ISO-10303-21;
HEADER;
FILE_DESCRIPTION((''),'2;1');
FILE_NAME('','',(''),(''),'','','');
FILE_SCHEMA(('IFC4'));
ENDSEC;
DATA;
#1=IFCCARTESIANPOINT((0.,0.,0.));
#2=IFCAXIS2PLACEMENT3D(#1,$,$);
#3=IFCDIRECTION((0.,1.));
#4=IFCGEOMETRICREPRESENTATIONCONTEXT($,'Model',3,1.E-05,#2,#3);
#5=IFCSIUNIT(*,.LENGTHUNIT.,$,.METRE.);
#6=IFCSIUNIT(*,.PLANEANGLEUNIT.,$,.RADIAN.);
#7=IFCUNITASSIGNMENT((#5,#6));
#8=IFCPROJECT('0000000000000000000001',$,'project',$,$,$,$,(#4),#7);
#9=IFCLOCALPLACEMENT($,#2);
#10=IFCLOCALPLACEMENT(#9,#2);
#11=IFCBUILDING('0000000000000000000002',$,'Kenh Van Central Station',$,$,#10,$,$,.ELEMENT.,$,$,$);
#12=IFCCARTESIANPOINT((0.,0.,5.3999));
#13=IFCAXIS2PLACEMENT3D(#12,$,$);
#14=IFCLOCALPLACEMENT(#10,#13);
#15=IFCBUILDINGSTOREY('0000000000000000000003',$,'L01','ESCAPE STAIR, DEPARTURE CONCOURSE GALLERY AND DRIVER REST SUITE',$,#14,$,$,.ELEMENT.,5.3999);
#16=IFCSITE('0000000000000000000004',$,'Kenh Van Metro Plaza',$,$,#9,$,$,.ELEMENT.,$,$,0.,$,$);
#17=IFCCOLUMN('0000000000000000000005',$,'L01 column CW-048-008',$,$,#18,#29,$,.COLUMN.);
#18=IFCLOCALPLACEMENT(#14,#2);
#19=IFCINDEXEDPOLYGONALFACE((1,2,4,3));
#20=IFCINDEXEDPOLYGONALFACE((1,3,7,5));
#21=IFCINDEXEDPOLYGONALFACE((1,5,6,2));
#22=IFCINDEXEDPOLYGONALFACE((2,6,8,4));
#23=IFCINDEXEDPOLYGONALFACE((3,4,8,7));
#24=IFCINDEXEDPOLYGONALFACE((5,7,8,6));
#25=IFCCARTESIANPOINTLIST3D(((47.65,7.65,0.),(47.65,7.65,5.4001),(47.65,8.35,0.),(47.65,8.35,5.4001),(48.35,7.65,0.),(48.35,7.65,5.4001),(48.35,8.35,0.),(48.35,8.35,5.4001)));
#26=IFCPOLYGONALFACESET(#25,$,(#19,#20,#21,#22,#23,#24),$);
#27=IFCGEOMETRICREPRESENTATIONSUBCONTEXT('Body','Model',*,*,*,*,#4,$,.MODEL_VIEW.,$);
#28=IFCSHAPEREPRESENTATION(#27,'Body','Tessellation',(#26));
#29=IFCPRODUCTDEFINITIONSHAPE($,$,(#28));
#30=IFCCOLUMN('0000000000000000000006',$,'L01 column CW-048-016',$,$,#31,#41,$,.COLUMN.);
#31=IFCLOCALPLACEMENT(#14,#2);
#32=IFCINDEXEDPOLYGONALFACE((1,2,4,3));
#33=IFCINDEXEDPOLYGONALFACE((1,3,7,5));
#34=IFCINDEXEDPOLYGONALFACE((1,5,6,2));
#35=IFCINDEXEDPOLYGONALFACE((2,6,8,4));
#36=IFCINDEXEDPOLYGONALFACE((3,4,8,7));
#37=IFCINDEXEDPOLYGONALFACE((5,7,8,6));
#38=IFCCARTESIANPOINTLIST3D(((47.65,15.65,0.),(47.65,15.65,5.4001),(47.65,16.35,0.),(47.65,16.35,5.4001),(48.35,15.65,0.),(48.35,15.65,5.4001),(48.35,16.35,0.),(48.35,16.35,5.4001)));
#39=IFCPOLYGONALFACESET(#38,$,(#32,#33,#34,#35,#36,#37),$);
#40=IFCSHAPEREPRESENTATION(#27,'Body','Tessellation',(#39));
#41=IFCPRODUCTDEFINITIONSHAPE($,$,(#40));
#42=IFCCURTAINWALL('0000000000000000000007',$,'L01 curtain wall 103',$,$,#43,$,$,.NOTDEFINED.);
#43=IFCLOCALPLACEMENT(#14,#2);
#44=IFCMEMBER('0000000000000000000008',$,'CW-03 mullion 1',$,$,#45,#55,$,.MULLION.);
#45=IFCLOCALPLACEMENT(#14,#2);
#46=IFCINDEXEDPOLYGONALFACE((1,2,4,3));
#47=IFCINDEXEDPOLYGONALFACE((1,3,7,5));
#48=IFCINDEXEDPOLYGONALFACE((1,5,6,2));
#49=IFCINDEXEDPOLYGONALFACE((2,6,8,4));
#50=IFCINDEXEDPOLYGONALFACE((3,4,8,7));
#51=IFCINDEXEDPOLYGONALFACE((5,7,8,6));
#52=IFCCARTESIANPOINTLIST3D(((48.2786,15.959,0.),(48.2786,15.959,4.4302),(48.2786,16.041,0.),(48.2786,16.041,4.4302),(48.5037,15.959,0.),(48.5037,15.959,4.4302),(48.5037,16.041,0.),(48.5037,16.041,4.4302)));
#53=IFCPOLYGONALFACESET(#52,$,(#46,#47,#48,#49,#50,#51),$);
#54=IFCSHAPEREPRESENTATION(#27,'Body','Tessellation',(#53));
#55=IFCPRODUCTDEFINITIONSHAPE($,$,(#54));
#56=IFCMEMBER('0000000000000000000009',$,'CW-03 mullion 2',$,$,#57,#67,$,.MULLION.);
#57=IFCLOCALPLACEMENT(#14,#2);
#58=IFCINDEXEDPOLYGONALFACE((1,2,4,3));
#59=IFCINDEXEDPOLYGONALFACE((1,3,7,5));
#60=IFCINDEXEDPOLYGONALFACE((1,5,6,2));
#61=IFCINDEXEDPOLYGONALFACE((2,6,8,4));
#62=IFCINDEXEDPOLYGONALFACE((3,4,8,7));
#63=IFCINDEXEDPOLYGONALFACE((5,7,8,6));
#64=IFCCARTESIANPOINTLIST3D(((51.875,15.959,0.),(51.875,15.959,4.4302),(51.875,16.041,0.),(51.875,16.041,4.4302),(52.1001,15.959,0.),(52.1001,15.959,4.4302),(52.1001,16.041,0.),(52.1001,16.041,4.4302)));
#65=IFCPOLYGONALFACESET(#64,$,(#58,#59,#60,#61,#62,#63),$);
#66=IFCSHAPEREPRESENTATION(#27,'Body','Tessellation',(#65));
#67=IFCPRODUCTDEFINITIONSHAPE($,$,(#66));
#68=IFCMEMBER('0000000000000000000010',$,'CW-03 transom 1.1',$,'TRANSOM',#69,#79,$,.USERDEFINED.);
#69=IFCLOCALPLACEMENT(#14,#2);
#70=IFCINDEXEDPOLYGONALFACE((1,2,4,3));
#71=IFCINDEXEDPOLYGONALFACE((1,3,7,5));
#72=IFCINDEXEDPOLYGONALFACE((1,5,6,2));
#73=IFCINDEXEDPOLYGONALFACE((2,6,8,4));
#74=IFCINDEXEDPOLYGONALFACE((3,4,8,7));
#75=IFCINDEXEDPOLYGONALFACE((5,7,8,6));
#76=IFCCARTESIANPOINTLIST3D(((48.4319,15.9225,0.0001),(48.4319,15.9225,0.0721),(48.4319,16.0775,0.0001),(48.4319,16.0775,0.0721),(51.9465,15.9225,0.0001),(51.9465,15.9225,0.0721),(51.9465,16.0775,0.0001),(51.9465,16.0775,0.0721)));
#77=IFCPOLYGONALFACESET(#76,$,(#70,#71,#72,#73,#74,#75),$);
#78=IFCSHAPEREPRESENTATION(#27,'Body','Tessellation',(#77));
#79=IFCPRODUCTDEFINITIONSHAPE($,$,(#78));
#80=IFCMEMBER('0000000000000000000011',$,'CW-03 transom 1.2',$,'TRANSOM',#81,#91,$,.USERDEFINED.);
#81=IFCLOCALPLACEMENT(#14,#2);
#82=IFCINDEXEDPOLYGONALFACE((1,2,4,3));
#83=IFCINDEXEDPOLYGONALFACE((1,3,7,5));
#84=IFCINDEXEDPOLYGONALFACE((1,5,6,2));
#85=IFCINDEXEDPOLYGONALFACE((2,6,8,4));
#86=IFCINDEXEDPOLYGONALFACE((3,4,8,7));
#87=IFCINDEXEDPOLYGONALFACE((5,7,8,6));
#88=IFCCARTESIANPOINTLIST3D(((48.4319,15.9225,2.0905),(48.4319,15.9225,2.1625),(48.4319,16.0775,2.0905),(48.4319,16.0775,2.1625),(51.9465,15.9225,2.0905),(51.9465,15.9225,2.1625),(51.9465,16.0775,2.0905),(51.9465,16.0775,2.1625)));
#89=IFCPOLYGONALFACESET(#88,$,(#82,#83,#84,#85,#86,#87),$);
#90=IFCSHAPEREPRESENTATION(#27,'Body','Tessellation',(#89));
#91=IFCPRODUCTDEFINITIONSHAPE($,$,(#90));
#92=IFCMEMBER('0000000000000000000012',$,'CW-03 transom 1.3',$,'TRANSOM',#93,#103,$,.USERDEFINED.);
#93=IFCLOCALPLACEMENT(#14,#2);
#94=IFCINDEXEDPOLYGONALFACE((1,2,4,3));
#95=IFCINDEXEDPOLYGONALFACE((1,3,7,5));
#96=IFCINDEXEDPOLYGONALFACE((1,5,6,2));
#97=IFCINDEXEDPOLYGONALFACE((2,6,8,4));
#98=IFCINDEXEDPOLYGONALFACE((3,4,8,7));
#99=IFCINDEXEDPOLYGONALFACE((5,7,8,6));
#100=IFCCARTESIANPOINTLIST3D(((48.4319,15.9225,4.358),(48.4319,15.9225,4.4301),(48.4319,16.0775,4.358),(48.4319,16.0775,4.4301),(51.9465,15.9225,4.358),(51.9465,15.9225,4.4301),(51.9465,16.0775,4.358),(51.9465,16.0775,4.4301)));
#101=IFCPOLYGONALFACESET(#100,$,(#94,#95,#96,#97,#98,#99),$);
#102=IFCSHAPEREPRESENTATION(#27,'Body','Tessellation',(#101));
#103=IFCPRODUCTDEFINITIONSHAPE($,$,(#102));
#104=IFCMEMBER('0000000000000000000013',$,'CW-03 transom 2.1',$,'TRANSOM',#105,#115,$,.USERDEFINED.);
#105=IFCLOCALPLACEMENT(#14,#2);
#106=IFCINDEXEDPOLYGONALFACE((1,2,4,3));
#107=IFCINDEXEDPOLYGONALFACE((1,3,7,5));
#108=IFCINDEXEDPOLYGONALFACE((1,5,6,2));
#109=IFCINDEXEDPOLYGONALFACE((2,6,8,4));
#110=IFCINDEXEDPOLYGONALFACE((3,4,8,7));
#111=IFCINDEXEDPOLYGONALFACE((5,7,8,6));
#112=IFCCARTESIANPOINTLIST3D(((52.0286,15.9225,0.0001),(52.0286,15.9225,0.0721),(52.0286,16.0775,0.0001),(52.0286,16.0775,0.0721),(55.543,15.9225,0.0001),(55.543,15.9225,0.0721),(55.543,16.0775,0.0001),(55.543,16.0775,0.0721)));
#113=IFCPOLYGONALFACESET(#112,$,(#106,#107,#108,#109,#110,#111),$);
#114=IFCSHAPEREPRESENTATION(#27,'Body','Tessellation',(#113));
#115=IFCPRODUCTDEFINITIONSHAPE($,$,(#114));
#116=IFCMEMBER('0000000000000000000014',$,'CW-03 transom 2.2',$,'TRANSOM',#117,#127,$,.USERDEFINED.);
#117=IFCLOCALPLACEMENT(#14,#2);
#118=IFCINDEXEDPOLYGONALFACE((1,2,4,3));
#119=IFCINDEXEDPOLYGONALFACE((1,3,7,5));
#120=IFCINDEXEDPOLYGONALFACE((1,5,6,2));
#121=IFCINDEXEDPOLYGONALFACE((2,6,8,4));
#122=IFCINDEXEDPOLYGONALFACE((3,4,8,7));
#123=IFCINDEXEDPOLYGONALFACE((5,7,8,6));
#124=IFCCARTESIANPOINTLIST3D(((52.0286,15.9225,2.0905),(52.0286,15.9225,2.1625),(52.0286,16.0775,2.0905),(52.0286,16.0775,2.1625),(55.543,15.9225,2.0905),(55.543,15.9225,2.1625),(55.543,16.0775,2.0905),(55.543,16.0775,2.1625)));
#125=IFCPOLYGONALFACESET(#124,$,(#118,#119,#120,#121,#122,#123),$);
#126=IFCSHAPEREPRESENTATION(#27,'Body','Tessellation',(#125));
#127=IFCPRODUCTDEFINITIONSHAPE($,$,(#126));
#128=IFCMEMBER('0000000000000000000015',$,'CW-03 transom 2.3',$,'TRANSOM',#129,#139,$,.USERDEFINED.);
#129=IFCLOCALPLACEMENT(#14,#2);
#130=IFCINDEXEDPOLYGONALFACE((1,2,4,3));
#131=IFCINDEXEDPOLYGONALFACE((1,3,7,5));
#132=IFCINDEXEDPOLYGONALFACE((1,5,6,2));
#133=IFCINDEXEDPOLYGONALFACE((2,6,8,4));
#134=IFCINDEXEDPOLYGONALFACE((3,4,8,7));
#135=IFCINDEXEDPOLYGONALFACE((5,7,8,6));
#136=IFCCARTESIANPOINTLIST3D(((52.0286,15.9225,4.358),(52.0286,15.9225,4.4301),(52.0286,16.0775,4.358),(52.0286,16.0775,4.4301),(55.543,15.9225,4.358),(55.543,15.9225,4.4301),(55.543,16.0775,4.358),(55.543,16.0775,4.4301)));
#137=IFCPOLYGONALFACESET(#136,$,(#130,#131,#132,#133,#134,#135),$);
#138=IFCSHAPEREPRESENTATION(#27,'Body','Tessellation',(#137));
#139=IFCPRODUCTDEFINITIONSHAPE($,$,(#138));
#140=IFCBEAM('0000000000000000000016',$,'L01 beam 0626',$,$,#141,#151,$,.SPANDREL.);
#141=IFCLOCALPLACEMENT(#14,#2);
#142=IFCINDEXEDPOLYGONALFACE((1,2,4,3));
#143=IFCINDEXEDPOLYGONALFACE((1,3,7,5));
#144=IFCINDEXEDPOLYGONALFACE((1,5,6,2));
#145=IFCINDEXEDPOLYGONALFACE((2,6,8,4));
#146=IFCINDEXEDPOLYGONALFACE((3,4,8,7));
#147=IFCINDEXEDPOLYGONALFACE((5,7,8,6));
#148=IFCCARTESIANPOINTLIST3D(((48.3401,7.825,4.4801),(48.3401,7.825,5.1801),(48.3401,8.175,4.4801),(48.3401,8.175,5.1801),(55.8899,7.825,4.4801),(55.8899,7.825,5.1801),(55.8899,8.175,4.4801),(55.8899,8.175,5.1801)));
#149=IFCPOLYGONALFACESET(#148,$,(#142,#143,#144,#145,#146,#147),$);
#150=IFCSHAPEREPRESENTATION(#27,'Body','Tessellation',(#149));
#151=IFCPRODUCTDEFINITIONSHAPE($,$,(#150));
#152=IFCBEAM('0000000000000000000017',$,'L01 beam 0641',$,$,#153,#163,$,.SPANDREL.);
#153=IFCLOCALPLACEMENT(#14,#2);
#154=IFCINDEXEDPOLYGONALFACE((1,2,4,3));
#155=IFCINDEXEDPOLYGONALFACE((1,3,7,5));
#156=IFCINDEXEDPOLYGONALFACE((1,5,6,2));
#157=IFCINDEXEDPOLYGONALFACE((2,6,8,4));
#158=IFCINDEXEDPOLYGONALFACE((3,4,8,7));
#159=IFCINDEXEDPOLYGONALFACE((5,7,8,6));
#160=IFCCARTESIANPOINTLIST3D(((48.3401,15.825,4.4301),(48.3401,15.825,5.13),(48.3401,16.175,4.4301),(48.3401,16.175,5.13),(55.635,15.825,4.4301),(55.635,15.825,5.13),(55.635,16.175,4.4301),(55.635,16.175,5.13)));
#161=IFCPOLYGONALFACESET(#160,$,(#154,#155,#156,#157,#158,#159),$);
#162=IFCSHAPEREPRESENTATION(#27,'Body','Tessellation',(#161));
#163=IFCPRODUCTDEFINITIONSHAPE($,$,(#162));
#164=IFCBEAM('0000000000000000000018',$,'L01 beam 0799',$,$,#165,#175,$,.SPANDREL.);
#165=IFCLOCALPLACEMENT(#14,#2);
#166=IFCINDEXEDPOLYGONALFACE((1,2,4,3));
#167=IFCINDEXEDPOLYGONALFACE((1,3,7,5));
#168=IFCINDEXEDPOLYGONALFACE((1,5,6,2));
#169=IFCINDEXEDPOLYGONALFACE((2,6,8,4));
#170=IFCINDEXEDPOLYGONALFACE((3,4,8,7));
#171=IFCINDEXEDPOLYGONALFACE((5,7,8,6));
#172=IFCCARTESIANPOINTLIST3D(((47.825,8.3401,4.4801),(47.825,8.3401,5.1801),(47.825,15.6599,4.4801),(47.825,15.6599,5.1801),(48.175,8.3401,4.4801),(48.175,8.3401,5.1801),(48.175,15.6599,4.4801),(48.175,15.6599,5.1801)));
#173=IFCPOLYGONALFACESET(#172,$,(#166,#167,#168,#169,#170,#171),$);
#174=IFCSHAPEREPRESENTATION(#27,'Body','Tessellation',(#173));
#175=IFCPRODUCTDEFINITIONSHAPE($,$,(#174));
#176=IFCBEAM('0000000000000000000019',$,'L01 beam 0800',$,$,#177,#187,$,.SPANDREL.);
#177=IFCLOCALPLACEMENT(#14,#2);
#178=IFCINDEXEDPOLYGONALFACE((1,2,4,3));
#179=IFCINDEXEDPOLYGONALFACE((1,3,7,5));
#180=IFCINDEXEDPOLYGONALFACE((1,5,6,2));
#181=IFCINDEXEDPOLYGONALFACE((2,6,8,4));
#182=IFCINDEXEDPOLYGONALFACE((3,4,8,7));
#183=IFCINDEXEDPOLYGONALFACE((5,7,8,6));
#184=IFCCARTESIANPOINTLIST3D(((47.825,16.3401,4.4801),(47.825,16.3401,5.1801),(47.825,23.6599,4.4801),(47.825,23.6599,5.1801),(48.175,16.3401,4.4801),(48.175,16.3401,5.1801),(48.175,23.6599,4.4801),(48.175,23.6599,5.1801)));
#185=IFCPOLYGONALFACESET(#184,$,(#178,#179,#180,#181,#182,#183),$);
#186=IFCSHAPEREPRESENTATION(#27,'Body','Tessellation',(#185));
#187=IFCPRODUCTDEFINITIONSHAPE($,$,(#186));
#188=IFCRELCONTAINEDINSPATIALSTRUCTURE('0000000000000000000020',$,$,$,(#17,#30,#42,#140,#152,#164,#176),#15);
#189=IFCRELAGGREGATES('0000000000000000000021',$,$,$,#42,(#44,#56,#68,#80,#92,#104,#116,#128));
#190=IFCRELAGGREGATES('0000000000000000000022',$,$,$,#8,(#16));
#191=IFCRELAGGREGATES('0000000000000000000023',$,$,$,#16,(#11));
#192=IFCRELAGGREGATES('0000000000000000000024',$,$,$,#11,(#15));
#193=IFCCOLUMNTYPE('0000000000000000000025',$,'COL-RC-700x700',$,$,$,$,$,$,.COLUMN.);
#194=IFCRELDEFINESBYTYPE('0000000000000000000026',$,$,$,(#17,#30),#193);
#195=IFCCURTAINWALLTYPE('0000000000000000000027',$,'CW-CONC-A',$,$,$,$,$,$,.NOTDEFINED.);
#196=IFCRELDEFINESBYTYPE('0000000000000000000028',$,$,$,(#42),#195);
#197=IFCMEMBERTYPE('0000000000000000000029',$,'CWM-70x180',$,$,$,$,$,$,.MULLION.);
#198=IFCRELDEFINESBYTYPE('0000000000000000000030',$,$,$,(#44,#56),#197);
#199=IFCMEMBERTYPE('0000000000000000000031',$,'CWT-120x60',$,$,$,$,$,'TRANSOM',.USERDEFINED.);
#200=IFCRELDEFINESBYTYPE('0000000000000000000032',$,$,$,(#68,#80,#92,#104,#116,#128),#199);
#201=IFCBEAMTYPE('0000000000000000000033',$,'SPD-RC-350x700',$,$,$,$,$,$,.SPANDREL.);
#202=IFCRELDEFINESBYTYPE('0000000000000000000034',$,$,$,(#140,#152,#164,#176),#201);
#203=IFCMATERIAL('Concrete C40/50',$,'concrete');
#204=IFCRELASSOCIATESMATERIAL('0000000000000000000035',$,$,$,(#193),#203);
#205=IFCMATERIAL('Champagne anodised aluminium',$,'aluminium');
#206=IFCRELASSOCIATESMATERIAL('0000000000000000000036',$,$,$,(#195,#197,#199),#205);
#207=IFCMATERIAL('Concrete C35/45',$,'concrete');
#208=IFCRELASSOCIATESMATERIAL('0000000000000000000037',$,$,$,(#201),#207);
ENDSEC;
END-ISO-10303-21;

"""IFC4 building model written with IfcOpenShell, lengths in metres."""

from ifc_helpers import new_model, si_unit, direction, frame, origin, origin_2d, place, context, subcontext, project, spatial, rectangle, extrude, material, material_profile, profile_set, type_object, element, aggregate, save


model = new_model("IFC4")

# Units and contexts
model_context = context("Model", 3, precision=1e-05, world=origin(), true_north=direction((0.0, 1.0)))
body_context = subcontext(model_context, "Body", "Model", "MODEL_VIEW")
ifc_project = project(units=[si_unit("LENGTHUNIT", "METRE"), si_unit("PLANEANGLEUNIT", "RADIAN")], contexts=[model_context])

# Site, building, storey
site_placement = place(None, origin())
site = spatial("IfcSite", under=ifc_project, at=site_placement, Name="Kenh Van Metro Plaza", CompositionType="ELEMENT", RefElevation=0.0)
building_placement = place(site_placement, origin())
building = spatial("IfcBuilding", under=site, at=building_placement, Name="Kenh Van Central Station", CompositionType="ELEMENT")
storey_placement = place(building_placement, frame((0.0, 0.0, 5.3999)))
storey = spatial("IfcBuildingStorey", under=building, at=storey_placement, Name="L01", Description="ESCAPE STAIR, DEPARTURE CONCOURSE GALLERY AND DRIVER REST SUITE", CompositionType="ELEMENT", Elevation=5.3999)

# Columns
ifc_material_1 = material(Name="Concrete C40/50", Category="concrete")
ifc_material_profile_1 = material_profile(ifc_material_1, rectangle(XDim=0.7, YDim=0.7, at=origin_2d()), Name="RC 700x700")
ifc_profile_set_1 = profile_set([ifc_material_profile_1], Name="Concrete C40/50")
column_type = type_object("IfcColumnType", Name="COL-RC-700x700", PredefinedType="COLUMN", material=ifc_profile_set_1)
for number, where, z_axis, x_axis, name in (
    (1, (48.0, 8.0, 0.0), (0.0, 0.0, 1.0), (1.0, 0.0, 0.0), "L01 column CW-048-008"),
    (2, (48.0, 16.0, 0.0), (0.0, 0.0, 1.0), (1.0, 0.0, 0.0), "L01 column CW-048-016"),
):
    element("IfcColumn", number, at=place(storey_placement, frame(where, z_axis=z_axis, x_axis=x_axis)), inside=storey, type_object=column_type, Name=name, PredefinedType="COLUMN", context=body_context, shape_type="SweptSolid", body=[
        extrude(rectangle(XDim=0.7, YDim=0.7, at=origin_2d()), origin(), (0.0, 0.0, 1.0), 5.4001),
    ])

# Curtain wall, members
ifc_material_2 = material(Name="Champagne anodised aluminium", Category="aluminium")
curtain_wall_type = type_object("IfcCurtainWallType", Name="CW-CONC-A", PredefinedType="NOTDEFINED", material=ifc_material_2)
curtain_wall_placement = place(storey_placement, origin())
curtain_wall = element("IfcCurtainWall", 3, at=curtain_wall_placement, inside=storey, type_object=curtain_wall_type, Name="L01 curtain wall 103", PredefinedType="NOTDEFINED")
ifc_material_profile_2 = material_profile(ifc_material_2, rectangle(XDim=0.082, YDim=0.2251, at=origin_2d()), Name="AL 82x225")
ifc_profile_set_2 = profile_set([ifc_material_profile_2], Name="Champagne anodised aluminium")
member_type_1 = type_object("IfcMemberType", Name="CWM-70x180", PredefinedType="MULLION", material=ifc_profile_set_2)
member_1_placement = place(storey_placement, frame((48.3911, 16.0, 0.0), z_axis=(0.0, 0.0, 1.0), x_axis=(0.0, 1.0, 0.0)))
member_1 = element("IfcMember", 4, at=member_1_placement, type_object=member_type_1, Name="CW-03 mullion 1", PredefinedType="MULLION", context=body_context, shape_type="SweptSolid", body=[
    extrude(rectangle(XDim=0.082, YDim=0.2251, at=origin_2d()), origin(), (0.0, 0.0, 1.0), 4.4302),
])
member_2_placement = place(storey_placement, frame((51.9875, 16.0, 0.0), z_axis=(0.0, 0.0, 1.0), x_axis=(0.0, 1.0, 0.0)))
member_2 = element("IfcMember", 5, at=member_2_placement, type_object=member_type_1, Name="CW-03 mullion 2", PredefinedType="MULLION", context=body_context, shape_type="SweptSolid", body=[
    extrude(rectangle(XDim=0.082, YDim=0.2251, at=origin_2d()), origin(), (0.0, 0.0, 1.0), 4.4302),
])
ifc_material_profile_3 = material_profile(ifc_material_2, rectangle(XDim=0.155, YDim=0.072, at=origin_2d()), Name="AL 155x72")
ifc_profile_set_3 = profile_set([ifc_material_profile_3], Name="Champagne anodised aluminium")
member_type_2 = type_object("IfcMemberType", Name="CWT-120x60", ElementType="TRANSOM", PredefinedType="USERDEFINED", material=ifc_profile_set_3)
member_3_placement = place(storey_placement, frame((48.4319, 16.0, 0.0361), z_axis=(1.0, 0.0, 0.0), x_axis=(0.0, 1.0, 0.0)))
member_3 = element("IfcMember", 6, at=member_3_placement, type_object=member_type_2, Name="CW-03 transom 1.1", ObjectType="TRANSOM", PredefinedType="USERDEFINED", context=body_context, shape_type="SweptSolid", body=[
    extrude(rectangle(XDim=0.155, YDim=0.072, at=origin_2d()), origin(), (0.0, 0.0, 1.0), 3.5146),
])
member_4_placement = place(storey_placement, frame((48.4319, 16.0, 2.1265), z_axis=(1.0, 0.0, 0.0), x_axis=(0.0, 1.0, 0.0)))
member_4 = element("IfcMember", 7, at=member_4_placement, type_object=member_type_2, Name="CW-03 transom 1.2", ObjectType="TRANSOM", PredefinedType="USERDEFINED", context=body_context, shape_type="SweptSolid", body=[
    extrude(rectangle(XDim=0.155, YDim=0.072, at=origin_2d()), origin(), (0.0, 0.0, 1.0), 3.5146),
])
member_5_placement = place(storey_placement, frame((48.4319, 16.0, 4.394), z_axis=(1.0, 0.0, 0.0), x_axis=(0.0, 1.0, 0.0)))
member_5 = element("IfcMember", 8, at=member_5_placement, type_object=member_type_2, Name="CW-03 transom 1.3", ObjectType="TRANSOM", PredefinedType="USERDEFINED", context=body_context, shape_type="SweptSolid", body=[
    extrude(rectangle(XDim=0.155, YDim=0.072, at=origin_2d()), origin(), (0.0, 0.0, 1.0), 3.5146),
])
member_6_placement = place(storey_placement, frame((52.0286, 16.0, 0.0361), z_axis=(1.0, 0.0, 0.0), x_axis=(0.0, 1.0, 0.0)))
member_6 = element("IfcMember", 9, at=member_6_placement, type_object=member_type_2, Name="CW-03 transom 2.1", ObjectType="TRANSOM", PredefinedType="USERDEFINED", context=body_context, shape_type="SweptSolid", body=[
    extrude(rectangle(XDim=0.155, YDim=0.072, at=origin_2d()), origin(), (0.0, 0.0, 1.0), 3.5144),
])
member_7_placement = place(storey_placement, frame((52.0286, 16.0, 2.1265), z_axis=(1.0, 0.0, 0.0), x_axis=(0.0, 1.0, 0.0)))
member_7 = element("IfcMember", 10, at=member_7_placement, type_object=member_type_2, Name="CW-03 transom 2.2", ObjectType="TRANSOM", PredefinedType="USERDEFINED", context=body_context, shape_type="SweptSolid", body=[
    extrude(rectangle(XDim=0.155, YDim=0.072, at=origin_2d()), origin(), (0.0, 0.0, 1.0), 3.5144),
])
member_8_placement = place(storey_placement, frame((52.0286, 16.0, 4.394), z_axis=(1.0, 0.0, 0.0), x_axis=(0.0, 1.0, 0.0)))
member_8 = element("IfcMember", 11, at=member_8_placement, type_object=member_type_2, Name="CW-03 transom 2.3", ObjectType="TRANSOM", PredefinedType="USERDEFINED", context=body_context, shape_type="SweptSolid", body=[
    extrude(rectangle(XDim=0.155, YDim=0.072, at=origin_2d()), origin(), (0.0, 0.0, 1.0), 3.5144),
])

# Beams
ifc_material_3 = material(Name="Concrete C35/45", Category="concrete")
ifc_material_profile_4 = material_profile(ifc_material_3, rectangle(XDim=0.3501, YDim=0.7, at=origin_2d()), Name="RC 350x700")
ifc_profile_set_4 = profile_set([ifc_material_profile_4], Name="Concrete C35/45")
beam_type = type_object("IfcBeamType", Name="SPD-RC-350x700", PredefinedType="SPANDREL", material=ifc_profile_set_4)
beam_1_placement = place(storey_placement, frame((48.3401, 8.0, 4.8301), z_axis=(1.0, 0.0, 0.0), x_axis=(0.0, 1.0, 0.0)))
element("IfcBeam", 12, at=beam_1_placement, inside=storey, type_object=beam_type, Name="L01 beam 0626", PredefinedType="SPANDREL", context=body_context, shape_type="SweptSolid", body=[
    extrude(rectangle(XDim=0.3501, YDim=0.7, at=origin_2d()), origin(), (0.0, 0.0, 1.0), 7.5498),
])
beam_2_placement = place(storey_placement, frame((48.3401, 16.0, 4.78), z_axis=(1.0, 0.0, 0.0), x_axis=(0.0, 1.0, 0.0)))
element("IfcBeam", 13, at=beam_2_placement, inside=storey, type_object=beam_type, Name="L01 beam 0641", PredefinedType="SPANDREL", context=body_context, shape_type="SweptSolid", body=[
    extrude(rectangle(XDim=0.3501, YDim=0.7, at=origin_2d()), origin(), (0.0, 0.0, 1.0), 7.2949),
])
for number, where, z_axis, x_axis, name in (
    (14, (48.0, 8.3401, 4.8301), (0.0, 1.0, 0.0), (-1.0, 0.0, 0.0), "L01 beam 0799"),
    (15, (48.0, 16.3401, 4.8301), (0.0, 1.0, 0.0), (-1.0, 0.0, 0.0), "L01 beam 0800"),
):
    element("IfcBeam", number, at=place(storey_placement, frame(where, z_axis=z_axis, x_axis=x_axis)), inside=storey, type_object=beam_type, Name=name, PredefinedType="SPANDREL", context=body_context, shape_type="SweptSolid", body=[
        extrude(rectangle(XDim=0.3501, YDim=0.7, at=origin_2d()), origin(), (0.0, 0.0, 1.0), 7.3198),
    ])

aggregate(curtain_wall, [member_1, member_2, member_3, member_4, member_5, member_6, member_7, member_8])

save(model, "model.ifc")
